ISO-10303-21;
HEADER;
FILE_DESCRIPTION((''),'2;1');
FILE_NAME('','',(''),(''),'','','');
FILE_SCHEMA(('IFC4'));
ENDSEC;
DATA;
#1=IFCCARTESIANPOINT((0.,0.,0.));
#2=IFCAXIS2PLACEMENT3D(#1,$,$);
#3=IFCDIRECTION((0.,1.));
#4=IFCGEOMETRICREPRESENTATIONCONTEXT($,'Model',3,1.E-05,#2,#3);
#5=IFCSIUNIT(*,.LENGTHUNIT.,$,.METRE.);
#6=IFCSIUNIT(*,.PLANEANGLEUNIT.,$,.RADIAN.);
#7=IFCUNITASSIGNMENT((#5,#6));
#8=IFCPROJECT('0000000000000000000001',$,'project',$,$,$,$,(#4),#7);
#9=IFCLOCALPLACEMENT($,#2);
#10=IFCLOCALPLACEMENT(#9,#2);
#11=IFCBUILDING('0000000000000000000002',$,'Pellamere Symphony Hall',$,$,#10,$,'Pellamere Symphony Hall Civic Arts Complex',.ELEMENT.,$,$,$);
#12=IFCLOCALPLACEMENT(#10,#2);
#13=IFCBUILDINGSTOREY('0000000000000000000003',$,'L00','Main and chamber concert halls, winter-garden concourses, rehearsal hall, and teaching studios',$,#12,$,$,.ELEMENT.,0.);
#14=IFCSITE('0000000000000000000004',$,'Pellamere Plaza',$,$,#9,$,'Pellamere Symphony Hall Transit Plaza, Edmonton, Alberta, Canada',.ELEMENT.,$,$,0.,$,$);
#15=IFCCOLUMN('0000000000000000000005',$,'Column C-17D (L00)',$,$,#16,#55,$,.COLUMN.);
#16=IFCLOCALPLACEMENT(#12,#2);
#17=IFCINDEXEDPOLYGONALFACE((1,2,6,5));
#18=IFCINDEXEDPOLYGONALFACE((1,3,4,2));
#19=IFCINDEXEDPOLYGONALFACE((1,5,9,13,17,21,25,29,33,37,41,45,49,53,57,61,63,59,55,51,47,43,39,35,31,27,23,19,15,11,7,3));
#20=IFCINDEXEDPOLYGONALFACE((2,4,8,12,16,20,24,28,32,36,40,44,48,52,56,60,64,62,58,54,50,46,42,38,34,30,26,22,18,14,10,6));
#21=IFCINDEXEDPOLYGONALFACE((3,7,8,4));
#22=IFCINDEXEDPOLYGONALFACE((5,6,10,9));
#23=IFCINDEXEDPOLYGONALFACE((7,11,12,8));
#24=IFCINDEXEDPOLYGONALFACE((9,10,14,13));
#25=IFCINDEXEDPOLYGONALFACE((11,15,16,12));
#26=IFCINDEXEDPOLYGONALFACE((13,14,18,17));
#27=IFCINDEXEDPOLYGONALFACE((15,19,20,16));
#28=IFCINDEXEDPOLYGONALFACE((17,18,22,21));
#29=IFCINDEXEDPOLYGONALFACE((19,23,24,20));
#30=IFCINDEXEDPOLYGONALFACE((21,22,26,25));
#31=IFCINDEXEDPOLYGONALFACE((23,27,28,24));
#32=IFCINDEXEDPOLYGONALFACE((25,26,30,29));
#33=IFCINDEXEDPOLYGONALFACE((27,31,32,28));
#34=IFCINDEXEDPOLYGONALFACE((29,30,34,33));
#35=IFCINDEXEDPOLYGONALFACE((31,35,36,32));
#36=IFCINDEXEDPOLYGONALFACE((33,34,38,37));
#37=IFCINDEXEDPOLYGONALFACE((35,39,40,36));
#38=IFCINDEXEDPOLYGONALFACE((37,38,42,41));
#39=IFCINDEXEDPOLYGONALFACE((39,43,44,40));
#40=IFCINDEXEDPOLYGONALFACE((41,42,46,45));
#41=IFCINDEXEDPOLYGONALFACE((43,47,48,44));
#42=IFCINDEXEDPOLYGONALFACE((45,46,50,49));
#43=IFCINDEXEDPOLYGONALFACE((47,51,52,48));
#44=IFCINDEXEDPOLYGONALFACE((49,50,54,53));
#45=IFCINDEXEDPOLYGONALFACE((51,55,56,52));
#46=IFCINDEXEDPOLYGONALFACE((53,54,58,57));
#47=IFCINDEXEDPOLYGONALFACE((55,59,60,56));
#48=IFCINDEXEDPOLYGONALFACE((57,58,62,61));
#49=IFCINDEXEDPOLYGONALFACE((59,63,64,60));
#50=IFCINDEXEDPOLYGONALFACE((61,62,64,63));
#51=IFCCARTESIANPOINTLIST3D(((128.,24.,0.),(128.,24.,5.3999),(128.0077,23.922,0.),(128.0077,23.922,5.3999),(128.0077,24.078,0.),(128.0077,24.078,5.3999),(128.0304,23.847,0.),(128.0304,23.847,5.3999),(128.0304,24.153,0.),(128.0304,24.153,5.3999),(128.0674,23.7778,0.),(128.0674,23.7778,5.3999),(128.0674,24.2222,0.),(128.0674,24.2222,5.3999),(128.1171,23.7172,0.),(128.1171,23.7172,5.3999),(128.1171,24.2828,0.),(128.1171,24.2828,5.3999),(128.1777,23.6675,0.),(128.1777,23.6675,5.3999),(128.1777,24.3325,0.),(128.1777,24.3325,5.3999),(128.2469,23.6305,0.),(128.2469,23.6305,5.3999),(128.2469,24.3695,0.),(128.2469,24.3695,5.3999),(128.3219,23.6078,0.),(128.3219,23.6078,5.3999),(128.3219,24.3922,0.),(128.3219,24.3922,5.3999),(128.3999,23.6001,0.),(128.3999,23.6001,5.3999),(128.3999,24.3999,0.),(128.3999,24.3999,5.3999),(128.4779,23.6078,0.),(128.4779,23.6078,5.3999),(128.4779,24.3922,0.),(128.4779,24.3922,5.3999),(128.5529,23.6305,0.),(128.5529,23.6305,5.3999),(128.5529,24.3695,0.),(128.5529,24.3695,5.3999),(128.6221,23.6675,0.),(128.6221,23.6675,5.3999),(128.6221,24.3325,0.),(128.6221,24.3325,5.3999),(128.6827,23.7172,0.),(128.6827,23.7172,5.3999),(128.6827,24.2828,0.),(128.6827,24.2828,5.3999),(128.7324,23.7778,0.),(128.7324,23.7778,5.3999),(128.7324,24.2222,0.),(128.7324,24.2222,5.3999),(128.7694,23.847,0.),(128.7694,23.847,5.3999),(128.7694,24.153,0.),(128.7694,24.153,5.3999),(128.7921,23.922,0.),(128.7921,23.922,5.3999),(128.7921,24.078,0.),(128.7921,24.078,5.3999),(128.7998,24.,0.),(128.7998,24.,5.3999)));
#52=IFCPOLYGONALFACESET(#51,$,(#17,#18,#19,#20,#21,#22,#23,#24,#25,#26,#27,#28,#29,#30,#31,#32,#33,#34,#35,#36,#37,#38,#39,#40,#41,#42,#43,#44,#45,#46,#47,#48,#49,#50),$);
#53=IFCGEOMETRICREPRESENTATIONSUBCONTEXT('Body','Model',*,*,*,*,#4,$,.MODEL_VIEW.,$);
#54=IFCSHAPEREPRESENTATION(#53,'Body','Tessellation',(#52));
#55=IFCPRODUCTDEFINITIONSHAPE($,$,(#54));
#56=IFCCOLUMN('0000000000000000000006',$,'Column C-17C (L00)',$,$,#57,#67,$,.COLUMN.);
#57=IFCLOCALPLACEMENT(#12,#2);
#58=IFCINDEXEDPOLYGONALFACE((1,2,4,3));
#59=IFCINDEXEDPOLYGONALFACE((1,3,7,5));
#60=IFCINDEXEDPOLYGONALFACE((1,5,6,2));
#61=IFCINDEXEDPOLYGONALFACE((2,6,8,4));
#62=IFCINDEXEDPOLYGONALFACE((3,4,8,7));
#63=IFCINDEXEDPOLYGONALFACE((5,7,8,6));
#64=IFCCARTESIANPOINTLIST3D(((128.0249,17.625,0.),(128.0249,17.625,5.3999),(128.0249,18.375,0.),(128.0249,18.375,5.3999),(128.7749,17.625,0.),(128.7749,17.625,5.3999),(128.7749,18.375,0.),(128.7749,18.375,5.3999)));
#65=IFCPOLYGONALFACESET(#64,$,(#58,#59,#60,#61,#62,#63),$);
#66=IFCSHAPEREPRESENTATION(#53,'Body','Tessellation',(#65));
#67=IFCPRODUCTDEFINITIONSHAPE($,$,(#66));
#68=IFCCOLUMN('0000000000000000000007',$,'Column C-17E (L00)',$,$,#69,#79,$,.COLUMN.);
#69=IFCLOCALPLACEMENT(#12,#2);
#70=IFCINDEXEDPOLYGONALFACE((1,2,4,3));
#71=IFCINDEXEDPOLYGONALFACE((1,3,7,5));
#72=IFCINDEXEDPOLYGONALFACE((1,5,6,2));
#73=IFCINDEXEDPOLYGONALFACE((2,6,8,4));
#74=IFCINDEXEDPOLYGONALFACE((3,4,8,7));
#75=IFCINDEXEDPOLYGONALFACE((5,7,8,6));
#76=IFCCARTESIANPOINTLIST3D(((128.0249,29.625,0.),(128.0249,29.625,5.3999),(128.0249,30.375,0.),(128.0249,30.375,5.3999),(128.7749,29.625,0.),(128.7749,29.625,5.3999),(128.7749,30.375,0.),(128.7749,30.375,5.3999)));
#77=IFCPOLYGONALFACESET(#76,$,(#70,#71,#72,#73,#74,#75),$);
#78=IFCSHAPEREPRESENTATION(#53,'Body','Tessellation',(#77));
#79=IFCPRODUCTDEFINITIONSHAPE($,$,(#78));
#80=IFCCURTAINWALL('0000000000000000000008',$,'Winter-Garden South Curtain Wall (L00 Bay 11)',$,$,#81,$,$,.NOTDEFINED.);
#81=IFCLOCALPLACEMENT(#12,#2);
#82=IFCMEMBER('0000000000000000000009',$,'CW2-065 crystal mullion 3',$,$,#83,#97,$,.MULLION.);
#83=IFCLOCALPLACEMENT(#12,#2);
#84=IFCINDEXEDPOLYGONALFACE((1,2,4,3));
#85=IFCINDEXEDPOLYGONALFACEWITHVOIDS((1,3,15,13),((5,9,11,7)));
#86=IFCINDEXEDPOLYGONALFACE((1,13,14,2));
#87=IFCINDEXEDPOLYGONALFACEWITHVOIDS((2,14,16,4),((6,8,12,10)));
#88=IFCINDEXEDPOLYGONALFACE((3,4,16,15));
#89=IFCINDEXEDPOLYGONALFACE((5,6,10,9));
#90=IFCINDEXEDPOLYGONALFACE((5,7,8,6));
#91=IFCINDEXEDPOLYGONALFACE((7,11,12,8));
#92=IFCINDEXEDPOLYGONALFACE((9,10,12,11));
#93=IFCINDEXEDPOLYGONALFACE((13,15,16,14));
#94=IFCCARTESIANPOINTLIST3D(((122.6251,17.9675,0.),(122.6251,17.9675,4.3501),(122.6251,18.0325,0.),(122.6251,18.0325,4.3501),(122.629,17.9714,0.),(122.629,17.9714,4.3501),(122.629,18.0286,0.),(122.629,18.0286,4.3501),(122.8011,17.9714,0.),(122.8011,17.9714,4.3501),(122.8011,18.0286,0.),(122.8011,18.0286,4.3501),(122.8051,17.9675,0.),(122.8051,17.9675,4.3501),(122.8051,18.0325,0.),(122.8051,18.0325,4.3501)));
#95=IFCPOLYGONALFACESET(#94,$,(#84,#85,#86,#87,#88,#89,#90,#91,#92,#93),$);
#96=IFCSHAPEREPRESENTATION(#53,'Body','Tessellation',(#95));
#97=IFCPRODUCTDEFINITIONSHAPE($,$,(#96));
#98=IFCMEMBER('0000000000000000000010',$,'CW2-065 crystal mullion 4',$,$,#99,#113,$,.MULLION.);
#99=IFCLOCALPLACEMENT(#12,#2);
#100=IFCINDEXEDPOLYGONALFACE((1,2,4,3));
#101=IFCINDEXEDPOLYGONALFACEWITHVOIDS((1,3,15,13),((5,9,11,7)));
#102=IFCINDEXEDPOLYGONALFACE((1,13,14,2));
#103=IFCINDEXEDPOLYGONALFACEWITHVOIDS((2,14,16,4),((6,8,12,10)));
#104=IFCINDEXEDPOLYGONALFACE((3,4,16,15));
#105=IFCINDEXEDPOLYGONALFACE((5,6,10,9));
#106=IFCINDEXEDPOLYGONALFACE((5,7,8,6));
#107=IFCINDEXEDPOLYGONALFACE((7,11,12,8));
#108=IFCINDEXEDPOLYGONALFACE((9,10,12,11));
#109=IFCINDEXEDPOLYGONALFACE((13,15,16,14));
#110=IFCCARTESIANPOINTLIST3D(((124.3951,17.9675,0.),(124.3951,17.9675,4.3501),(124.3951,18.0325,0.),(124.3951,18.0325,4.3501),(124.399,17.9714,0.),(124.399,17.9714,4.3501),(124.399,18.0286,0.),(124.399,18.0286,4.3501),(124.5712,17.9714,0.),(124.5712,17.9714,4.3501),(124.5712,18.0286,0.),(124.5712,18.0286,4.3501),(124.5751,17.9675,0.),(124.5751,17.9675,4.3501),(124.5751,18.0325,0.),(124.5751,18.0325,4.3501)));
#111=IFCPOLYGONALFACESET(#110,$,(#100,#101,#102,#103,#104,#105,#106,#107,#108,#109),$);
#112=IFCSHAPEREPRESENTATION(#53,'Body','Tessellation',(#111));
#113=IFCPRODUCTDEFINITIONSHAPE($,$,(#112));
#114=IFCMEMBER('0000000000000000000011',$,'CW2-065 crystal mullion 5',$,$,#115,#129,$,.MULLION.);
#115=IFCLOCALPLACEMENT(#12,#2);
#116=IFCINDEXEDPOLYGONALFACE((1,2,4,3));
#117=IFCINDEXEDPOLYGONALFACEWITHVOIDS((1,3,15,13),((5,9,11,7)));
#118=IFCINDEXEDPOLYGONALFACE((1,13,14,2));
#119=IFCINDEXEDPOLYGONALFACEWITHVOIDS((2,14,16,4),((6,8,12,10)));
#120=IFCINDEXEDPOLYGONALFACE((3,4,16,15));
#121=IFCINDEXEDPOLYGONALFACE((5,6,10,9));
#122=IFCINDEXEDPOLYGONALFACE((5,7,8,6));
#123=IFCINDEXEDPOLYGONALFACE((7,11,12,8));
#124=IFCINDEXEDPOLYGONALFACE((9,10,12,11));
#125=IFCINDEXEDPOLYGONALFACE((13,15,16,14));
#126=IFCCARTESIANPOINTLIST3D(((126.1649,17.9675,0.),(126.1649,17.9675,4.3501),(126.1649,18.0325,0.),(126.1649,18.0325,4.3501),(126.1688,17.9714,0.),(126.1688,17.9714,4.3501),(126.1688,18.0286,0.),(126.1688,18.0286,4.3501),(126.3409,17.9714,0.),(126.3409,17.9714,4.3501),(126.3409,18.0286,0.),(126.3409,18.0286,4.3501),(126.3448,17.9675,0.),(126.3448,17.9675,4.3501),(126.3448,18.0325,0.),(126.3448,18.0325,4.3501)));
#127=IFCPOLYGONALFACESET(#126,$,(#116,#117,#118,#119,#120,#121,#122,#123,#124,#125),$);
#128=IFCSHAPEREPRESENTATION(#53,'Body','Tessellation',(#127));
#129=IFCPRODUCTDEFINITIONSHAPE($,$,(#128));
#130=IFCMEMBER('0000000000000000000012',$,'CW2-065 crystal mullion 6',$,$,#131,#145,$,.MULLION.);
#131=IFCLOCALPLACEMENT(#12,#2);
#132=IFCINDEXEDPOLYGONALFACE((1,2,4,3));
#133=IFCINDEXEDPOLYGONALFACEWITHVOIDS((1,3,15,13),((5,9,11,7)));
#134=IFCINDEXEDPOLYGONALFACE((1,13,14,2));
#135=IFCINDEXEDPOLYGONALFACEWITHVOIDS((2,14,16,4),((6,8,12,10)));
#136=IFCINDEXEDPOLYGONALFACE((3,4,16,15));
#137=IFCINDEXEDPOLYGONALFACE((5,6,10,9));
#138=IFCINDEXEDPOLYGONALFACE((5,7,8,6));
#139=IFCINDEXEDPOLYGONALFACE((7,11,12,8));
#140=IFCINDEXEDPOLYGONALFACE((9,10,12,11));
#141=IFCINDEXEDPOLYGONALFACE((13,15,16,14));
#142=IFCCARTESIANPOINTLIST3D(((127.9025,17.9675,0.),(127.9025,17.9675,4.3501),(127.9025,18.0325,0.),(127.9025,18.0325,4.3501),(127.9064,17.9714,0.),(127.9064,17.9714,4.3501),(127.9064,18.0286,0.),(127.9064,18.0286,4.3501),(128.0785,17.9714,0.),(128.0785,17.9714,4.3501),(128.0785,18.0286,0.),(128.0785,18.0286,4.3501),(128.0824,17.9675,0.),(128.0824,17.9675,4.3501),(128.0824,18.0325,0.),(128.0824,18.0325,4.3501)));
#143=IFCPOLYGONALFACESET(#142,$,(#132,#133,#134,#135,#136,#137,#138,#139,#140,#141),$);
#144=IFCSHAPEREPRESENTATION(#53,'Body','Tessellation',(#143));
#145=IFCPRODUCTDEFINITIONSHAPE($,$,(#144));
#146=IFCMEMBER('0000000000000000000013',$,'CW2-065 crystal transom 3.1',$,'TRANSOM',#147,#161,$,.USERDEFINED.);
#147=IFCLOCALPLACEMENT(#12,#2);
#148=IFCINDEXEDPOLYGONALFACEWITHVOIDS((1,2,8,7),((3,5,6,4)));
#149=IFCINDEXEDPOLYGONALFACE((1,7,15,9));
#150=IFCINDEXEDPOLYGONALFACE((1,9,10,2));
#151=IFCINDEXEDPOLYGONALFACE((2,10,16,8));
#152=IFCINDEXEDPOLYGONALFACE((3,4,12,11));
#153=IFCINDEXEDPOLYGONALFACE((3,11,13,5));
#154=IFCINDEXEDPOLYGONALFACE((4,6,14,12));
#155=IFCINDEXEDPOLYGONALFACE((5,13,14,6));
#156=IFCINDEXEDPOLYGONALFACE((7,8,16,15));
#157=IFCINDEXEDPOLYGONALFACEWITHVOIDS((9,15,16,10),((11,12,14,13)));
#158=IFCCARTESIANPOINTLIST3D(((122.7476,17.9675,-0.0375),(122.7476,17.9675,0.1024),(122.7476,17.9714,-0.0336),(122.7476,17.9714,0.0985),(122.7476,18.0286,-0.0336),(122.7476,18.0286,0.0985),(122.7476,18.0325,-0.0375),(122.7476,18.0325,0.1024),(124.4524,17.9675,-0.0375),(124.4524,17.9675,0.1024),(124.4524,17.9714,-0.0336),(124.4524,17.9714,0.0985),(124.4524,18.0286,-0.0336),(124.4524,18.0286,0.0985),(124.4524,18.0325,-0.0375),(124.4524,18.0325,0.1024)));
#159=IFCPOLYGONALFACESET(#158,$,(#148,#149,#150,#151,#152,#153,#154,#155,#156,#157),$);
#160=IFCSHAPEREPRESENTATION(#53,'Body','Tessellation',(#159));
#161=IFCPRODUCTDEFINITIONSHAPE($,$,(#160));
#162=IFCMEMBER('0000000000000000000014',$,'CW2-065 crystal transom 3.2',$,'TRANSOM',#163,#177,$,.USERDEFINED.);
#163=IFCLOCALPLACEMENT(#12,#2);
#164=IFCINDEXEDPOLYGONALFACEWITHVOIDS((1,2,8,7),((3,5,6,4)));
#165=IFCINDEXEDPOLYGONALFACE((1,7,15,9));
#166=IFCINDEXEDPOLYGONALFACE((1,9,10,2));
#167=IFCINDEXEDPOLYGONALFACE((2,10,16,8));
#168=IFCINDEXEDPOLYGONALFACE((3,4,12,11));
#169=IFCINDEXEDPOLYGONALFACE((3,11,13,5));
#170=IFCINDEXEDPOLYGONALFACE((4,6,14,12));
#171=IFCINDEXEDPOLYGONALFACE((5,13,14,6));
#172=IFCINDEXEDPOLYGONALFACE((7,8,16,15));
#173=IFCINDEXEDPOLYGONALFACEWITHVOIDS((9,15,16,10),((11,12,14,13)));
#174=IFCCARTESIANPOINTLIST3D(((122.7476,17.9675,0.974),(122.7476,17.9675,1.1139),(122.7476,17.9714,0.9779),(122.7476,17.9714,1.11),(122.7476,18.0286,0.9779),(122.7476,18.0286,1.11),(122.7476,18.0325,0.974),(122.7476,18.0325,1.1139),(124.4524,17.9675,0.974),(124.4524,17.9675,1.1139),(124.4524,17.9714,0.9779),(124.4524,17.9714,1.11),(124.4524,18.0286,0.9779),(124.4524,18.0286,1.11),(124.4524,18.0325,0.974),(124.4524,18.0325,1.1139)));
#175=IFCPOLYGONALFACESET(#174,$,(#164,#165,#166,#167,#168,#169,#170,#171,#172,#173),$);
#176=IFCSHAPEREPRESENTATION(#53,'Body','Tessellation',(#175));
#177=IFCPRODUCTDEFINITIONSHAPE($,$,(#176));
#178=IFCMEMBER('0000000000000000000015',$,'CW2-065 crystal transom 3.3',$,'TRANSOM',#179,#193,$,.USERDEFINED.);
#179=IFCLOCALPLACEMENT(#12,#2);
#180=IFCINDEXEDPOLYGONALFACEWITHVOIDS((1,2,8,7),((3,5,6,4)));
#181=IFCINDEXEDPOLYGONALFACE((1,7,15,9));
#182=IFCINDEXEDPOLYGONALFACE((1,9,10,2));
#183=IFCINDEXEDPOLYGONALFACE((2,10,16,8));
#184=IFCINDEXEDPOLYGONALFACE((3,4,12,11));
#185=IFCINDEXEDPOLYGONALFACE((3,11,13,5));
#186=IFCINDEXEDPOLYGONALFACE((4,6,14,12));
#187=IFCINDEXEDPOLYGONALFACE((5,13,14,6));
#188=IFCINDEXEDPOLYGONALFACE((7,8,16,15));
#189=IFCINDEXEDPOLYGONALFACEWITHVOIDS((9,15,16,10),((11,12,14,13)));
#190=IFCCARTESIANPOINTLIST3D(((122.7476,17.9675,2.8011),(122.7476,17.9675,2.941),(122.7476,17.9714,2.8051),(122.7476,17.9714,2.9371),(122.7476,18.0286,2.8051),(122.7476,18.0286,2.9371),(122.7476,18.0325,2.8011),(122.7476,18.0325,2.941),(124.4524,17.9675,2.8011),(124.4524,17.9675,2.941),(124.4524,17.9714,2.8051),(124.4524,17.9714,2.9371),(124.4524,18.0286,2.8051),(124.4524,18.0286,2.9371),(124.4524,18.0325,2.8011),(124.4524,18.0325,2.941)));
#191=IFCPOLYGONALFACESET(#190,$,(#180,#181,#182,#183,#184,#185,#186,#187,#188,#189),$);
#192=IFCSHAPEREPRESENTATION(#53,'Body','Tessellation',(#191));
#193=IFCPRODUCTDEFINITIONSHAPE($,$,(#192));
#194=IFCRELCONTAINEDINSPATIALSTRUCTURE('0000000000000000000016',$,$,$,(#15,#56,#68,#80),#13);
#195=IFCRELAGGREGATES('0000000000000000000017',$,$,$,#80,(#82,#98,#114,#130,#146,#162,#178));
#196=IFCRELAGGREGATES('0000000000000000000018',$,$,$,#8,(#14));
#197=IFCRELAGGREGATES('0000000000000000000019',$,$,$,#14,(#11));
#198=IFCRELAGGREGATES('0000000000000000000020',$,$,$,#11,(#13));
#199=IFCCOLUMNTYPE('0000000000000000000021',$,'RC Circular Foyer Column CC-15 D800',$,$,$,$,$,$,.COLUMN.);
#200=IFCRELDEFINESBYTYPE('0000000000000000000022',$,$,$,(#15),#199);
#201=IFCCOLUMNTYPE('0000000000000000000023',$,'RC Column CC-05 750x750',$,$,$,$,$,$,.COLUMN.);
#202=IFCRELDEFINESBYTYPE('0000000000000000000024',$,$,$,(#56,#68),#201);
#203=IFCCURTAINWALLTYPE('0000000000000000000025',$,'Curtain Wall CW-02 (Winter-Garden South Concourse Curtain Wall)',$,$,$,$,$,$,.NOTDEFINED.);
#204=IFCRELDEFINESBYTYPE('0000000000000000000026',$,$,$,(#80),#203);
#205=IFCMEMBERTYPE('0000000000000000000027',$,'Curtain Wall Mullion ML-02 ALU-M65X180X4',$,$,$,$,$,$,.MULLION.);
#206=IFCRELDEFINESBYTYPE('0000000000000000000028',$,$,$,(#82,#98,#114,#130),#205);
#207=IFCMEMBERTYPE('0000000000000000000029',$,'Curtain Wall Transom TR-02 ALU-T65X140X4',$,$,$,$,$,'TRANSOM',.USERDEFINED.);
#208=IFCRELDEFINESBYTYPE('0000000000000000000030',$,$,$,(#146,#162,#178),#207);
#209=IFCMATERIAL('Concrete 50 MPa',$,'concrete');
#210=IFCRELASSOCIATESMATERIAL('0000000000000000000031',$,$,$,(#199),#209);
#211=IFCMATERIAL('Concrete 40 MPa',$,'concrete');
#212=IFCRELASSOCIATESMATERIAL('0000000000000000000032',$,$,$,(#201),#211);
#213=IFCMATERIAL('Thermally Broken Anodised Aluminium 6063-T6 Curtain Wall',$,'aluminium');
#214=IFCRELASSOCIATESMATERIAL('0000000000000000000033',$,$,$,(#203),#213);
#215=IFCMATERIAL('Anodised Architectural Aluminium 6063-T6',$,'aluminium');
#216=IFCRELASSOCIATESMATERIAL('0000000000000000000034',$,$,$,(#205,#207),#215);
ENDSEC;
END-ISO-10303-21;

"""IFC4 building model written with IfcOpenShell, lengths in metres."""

from ifc_helpers import new_model, si_unit, direction, frame, origin, origin_2d, place, context, subcontext, project, spatial, rectangle, hollow_rectangle, circle, extrude, material, material_profile, profile_set, type_object, element, aggregate, save


model = new_model("IFC4")

# Units and contexts
model_context = context("Model", 3, precision=1e-05, world=origin(), true_north=direction((0.0, 1.0)))
body_context = subcontext(model_context, "Body", "Model", "MODEL_VIEW")
ifc_project = project(units=[si_unit("LENGTHUNIT", "METRE"), si_unit("PLANEANGLEUNIT", "RADIAN")], contexts=[model_context])

# Site, building, storey
site_placement = place(None, origin())
site = spatial("IfcSite", under=ifc_project, at=site_placement, Name="Pellamere Plaza", LongName="Pellamere Symphony Hall Transit Plaza, Edmonton, Alberta, Canada", CompositionType="ELEMENT", RefElevation=0.0)
building_placement = place(site_placement, origin())
building = spatial("IfcBuilding", under=site, at=building_placement, Name="Pellamere Symphony Hall", LongName="Pellamere Symphony Hall Civic Arts Complex", CompositionType="ELEMENT")
storey_placement = place(building_placement, origin())
storey = spatial("IfcBuildingStorey", under=building, at=storey_placement, Name="L00", Description="Main and chamber concert halls, winter-garden concourses, rehearsal hall, and teaching studios", CompositionType="ELEMENT", Elevation=0.0)

# Columns
ifc_material_1 = material(Name="Concrete 50 MPa", Category="concrete")
ifc_material_profile_1 = material_profile(ifc_material_1, circle(Radius=0.3999, at=origin_2d()), Name="RCCOL D800")
ifc_profile_set_1 = profile_set([ifc_material_profile_1], Name="Concrete 50 MPa")
column_type_1 = type_object("IfcColumnType", Name="RC Circular Foyer Column CC-15 D800", PredefinedType="COLUMN", material=ifc_profile_set_1)
column_placement = place(storey_placement, frame((128.3999, 24.0, 0.0), z_axis=(0.0, 0.0, 1.0), x_axis=(1.0, 0.0, 0.0)))
element("IfcColumn", 1, at=column_placement, inside=storey, type_object=column_type_1, Name="Column C-17D (L00)", PredefinedType="COLUMN", context=body_context, shape_type="SweptSolid", body=[
    extrude(circle(Radius=0.3999, at=origin_2d()), origin(), (0.0, 0.0, 1.0), 5.3999),
])
ifc_material_2 = material(Name="Concrete 40 MPa", Category="concrete")
ifc_material_profile_2 = material_profile(ifc_material_2, rectangle(XDim=0.75, YDim=0.75, at=origin_2d()), Name="RC 750x750")
ifc_profile_set_2 = profile_set([ifc_material_profile_2], Name="Concrete 40 MPa")
column_type_2 = type_object("IfcColumnType", Name="RC Column CC-05 750x750", PredefinedType="COLUMN", material=ifc_profile_set_2)
for number, where, z_axis, x_axis, name in (
    (2, (128.3999, 18.0, 0.0), (0.0, 0.0, 1.0), (1.0, 0.0, 0.0), "Column C-17C (L00)"),
    (3, (128.3999, 30.0, 0.0), (0.0, 0.0, 1.0), (1.0, 0.0, 0.0), "Column C-17E (L00)"),
):
    element("IfcColumn", number, at=place(storey_placement, frame(where, z_axis=z_axis, x_axis=x_axis)), inside=storey, type_object=column_type_2, Name=name, PredefinedType="COLUMN", context=body_context, shape_type="SweptSolid", body=[
        extrude(rectangle(XDim=0.75, YDim=0.75, at=origin_2d()), origin(), (0.0, 0.0, 1.0), 5.3999),
    ])

# Curtain wall, members
ifc_material_3 = material(Name="Thermally Broken Anodised Aluminium 6063-T6 Curtain Wall", Category="aluminium")
curtain_wall_type = type_object("IfcCurtainWallType", Name="Curtain Wall CW-02 (Winter-Garden South Concourse Curtain Wall)", PredefinedType="NOTDEFINED", material=ifc_material_3)
curtain_wall_placement = place(storey_placement, origin())
curtain_wall = element("IfcCurtainWall", 4, at=curtain_wall_placement, inside=storey, type_object=curtain_wall_type, Name="Winter-Garden South Curtain Wall (L00 Bay 11)", PredefinedType="NOTDEFINED")
ifc_material_4 = material(Name="Anodised Architectural Aluminium 6063-T6", Category="aluminium")
ifc_material_profile_3 = material_profile(ifc_material_4, hollow_rectangle(XDim=0.0649, YDim=0.1799, WallThickness=0.0039, at=origin_2d()), Name="ALU-M65X180X4")
ifc_profile_set_3 = profile_set([ifc_material_profile_3], Name="Anodised Architectural Aluminium 6063-T6")
member_type_1 = type_object("IfcMemberType", Name="Curtain Wall Mullion ML-02 ALU-M65X180X4", PredefinedType="MULLION", material=ifc_profile_set_3)
member_1_placement = place(storey_placement, frame((122.7151, 18.0, 0.0), z_axis=(0.0, 0.0, 1.0), x_axis=(0.0, 1.0, 0.0)))
member_1 = element("IfcMember", 5, at=member_1_placement, type_object=member_type_1, Name="CW2-065 crystal mullion 3", PredefinedType="MULLION", context=body_context, shape_type="SweptSolid", body=[
    extrude(hollow_rectangle(XDim=0.0649, YDim=0.1799, WallThickness=0.0039, at=origin_2d()), origin(), (0.0, 0.0, 1.0), 4.3501),
])
member_2_placement = place(storey_placement, frame((124.4851, 18.0, 0.0), z_axis=(0.0, 0.0, 1.0), x_axis=(0.0, 1.0, 0.0)))
member_2 = element("IfcMember", 6, at=member_2_placement, type_object=member_type_1, Name="CW2-065 crystal mullion 4", PredefinedType="MULLION", context=body_context, shape_type="SweptSolid", body=[
    extrude(hollow_rectangle(XDim=0.0649, YDim=0.1799, WallThickness=0.0039, at=origin_2d()), origin(), (0.0, 0.0, 1.0), 4.3501),
])
member_3_placement = place(storey_placement, frame((126.2549, 18.0, 0.0), z_axis=(0.0, 0.0, 1.0), x_axis=(0.0, 1.0, 0.0)))
member_3 = element("IfcMember", 7, at=member_3_placement, type_object=member_type_1, Name="CW2-065 crystal mullion 5", PredefinedType="MULLION", context=body_context, shape_type="SweptSolid", body=[
    extrude(hollow_rectangle(XDim=0.0649, YDim=0.1799, WallThickness=0.0039, at=origin_2d()), origin(), (0.0, 0.0, 1.0), 4.3501),
])
member_4_placement = place(storey_placement, frame((127.9924, 18.0, 0.0), z_axis=(0.0, 0.0, 1.0), x_axis=(0.0, 1.0, 0.0)))
member_4 = element("IfcMember", 8, at=member_4_placement, type_object=member_type_1, Name="CW2-065 crystal mullion 6", PredefinedType="MULLION", context=body_context, shape_type="SweptSolid", body=[
    extrude(hollow_rectangle(XDim=0.0649, YDim=0.1799, WallThickness=0.0039, at=origin_2d()), origin(), (0.0, 0.0, 1.0), 4.3501),
])
ifc_material_profile_4 = material_profile(ifc_material_4, hollow_rectangle(XDim=0.0649, YDim=0.1399, WallThickness=0.0039, at=origin_2d()), Name="ALU-T65X140X4")
ifc_profile_set_4 = profile_set([ifc_material_profile_4], Name="Anodised Architectural Aluminium 6063-T6")
member_type_2 = type_object("IfcMemberType", Name="Curtain Wall Transom TR-02 ALU-T65X140X4", ElementType="TRANSOM", PredefinedType="USERDEFINED", material=ifc_profile_set_4)
member_5_placement = place(storey_placement, frame((122.7476, 18.0, 0.0325), z_axis=(1.0, 0.0, 0.0), x_axis=(0.0, 1.0, 0.0)))
member_5 = element("IfcMember", 9, at=member_5_placement, type_object=member_type_2, Name="CW2-065 crystal transom 3.1", ObjectType="TRANSOM", PredefinedType="USERDEFINED", context=body_context, shape_type="SweptSolid", body=[
    extrude(hollow_rectangle(XDim=0.0649, YDim=0.1399, WallThickness=0.0039, at=origin_2d()), origin(), (0.0, 0.0, 1.0), 1.7048),
])
member_6_placement = place(storey_placement, frame((122.7476, 18.0, 1.0439), z_axis=(1.0, 0.0, 0.0), x_axis=(0.0, 1.0, 0.0)))
member_6 = element("IfcMember", 10, at=member_6_placement, type_object=member_type_2, Name="CW2-065 crystal transom 3.2", ObjectType="TRANSOM", PredefinedType="USERDEFINED", context=body_context, shape_type="SweptSolid", body=[
    extrude(hollow_rectangle(XDim=0.0649, YDim=0.1399, WallThickness=0.0039, at=origin_2d()), origin(), (0.0, 0.0, 1.0), 1.7048),
])
member_7_placement = place(storey_placement, frame((122.7476, 18.0, 2.8711), z_axis=(1.0, 0.0, 0.0), x_axis=(0.0, 1.0, 0.0)))
member_7 = element("IfcMember", 11, at=member_7_placement, type_object=member_type_2, Name="CW2-065 crystal transom 3.3", ObjectType="TRANSOM", PredefinedType="USERDEFINED", context=body_context, shape_type="SweptSolid", body=[
    extrude(hollow_rectangle(XDim=0.0649, YDim=0.1399, WallThickness=0.0039, at=origin_2d()), origin(), (0.0, 0.0, 1.0), 1.7048),
])

aggregate(curtain_wall, [member_1, member_2, member_3, member_4, member_5, member_6, member_7])

save(model, "model.ifc")
